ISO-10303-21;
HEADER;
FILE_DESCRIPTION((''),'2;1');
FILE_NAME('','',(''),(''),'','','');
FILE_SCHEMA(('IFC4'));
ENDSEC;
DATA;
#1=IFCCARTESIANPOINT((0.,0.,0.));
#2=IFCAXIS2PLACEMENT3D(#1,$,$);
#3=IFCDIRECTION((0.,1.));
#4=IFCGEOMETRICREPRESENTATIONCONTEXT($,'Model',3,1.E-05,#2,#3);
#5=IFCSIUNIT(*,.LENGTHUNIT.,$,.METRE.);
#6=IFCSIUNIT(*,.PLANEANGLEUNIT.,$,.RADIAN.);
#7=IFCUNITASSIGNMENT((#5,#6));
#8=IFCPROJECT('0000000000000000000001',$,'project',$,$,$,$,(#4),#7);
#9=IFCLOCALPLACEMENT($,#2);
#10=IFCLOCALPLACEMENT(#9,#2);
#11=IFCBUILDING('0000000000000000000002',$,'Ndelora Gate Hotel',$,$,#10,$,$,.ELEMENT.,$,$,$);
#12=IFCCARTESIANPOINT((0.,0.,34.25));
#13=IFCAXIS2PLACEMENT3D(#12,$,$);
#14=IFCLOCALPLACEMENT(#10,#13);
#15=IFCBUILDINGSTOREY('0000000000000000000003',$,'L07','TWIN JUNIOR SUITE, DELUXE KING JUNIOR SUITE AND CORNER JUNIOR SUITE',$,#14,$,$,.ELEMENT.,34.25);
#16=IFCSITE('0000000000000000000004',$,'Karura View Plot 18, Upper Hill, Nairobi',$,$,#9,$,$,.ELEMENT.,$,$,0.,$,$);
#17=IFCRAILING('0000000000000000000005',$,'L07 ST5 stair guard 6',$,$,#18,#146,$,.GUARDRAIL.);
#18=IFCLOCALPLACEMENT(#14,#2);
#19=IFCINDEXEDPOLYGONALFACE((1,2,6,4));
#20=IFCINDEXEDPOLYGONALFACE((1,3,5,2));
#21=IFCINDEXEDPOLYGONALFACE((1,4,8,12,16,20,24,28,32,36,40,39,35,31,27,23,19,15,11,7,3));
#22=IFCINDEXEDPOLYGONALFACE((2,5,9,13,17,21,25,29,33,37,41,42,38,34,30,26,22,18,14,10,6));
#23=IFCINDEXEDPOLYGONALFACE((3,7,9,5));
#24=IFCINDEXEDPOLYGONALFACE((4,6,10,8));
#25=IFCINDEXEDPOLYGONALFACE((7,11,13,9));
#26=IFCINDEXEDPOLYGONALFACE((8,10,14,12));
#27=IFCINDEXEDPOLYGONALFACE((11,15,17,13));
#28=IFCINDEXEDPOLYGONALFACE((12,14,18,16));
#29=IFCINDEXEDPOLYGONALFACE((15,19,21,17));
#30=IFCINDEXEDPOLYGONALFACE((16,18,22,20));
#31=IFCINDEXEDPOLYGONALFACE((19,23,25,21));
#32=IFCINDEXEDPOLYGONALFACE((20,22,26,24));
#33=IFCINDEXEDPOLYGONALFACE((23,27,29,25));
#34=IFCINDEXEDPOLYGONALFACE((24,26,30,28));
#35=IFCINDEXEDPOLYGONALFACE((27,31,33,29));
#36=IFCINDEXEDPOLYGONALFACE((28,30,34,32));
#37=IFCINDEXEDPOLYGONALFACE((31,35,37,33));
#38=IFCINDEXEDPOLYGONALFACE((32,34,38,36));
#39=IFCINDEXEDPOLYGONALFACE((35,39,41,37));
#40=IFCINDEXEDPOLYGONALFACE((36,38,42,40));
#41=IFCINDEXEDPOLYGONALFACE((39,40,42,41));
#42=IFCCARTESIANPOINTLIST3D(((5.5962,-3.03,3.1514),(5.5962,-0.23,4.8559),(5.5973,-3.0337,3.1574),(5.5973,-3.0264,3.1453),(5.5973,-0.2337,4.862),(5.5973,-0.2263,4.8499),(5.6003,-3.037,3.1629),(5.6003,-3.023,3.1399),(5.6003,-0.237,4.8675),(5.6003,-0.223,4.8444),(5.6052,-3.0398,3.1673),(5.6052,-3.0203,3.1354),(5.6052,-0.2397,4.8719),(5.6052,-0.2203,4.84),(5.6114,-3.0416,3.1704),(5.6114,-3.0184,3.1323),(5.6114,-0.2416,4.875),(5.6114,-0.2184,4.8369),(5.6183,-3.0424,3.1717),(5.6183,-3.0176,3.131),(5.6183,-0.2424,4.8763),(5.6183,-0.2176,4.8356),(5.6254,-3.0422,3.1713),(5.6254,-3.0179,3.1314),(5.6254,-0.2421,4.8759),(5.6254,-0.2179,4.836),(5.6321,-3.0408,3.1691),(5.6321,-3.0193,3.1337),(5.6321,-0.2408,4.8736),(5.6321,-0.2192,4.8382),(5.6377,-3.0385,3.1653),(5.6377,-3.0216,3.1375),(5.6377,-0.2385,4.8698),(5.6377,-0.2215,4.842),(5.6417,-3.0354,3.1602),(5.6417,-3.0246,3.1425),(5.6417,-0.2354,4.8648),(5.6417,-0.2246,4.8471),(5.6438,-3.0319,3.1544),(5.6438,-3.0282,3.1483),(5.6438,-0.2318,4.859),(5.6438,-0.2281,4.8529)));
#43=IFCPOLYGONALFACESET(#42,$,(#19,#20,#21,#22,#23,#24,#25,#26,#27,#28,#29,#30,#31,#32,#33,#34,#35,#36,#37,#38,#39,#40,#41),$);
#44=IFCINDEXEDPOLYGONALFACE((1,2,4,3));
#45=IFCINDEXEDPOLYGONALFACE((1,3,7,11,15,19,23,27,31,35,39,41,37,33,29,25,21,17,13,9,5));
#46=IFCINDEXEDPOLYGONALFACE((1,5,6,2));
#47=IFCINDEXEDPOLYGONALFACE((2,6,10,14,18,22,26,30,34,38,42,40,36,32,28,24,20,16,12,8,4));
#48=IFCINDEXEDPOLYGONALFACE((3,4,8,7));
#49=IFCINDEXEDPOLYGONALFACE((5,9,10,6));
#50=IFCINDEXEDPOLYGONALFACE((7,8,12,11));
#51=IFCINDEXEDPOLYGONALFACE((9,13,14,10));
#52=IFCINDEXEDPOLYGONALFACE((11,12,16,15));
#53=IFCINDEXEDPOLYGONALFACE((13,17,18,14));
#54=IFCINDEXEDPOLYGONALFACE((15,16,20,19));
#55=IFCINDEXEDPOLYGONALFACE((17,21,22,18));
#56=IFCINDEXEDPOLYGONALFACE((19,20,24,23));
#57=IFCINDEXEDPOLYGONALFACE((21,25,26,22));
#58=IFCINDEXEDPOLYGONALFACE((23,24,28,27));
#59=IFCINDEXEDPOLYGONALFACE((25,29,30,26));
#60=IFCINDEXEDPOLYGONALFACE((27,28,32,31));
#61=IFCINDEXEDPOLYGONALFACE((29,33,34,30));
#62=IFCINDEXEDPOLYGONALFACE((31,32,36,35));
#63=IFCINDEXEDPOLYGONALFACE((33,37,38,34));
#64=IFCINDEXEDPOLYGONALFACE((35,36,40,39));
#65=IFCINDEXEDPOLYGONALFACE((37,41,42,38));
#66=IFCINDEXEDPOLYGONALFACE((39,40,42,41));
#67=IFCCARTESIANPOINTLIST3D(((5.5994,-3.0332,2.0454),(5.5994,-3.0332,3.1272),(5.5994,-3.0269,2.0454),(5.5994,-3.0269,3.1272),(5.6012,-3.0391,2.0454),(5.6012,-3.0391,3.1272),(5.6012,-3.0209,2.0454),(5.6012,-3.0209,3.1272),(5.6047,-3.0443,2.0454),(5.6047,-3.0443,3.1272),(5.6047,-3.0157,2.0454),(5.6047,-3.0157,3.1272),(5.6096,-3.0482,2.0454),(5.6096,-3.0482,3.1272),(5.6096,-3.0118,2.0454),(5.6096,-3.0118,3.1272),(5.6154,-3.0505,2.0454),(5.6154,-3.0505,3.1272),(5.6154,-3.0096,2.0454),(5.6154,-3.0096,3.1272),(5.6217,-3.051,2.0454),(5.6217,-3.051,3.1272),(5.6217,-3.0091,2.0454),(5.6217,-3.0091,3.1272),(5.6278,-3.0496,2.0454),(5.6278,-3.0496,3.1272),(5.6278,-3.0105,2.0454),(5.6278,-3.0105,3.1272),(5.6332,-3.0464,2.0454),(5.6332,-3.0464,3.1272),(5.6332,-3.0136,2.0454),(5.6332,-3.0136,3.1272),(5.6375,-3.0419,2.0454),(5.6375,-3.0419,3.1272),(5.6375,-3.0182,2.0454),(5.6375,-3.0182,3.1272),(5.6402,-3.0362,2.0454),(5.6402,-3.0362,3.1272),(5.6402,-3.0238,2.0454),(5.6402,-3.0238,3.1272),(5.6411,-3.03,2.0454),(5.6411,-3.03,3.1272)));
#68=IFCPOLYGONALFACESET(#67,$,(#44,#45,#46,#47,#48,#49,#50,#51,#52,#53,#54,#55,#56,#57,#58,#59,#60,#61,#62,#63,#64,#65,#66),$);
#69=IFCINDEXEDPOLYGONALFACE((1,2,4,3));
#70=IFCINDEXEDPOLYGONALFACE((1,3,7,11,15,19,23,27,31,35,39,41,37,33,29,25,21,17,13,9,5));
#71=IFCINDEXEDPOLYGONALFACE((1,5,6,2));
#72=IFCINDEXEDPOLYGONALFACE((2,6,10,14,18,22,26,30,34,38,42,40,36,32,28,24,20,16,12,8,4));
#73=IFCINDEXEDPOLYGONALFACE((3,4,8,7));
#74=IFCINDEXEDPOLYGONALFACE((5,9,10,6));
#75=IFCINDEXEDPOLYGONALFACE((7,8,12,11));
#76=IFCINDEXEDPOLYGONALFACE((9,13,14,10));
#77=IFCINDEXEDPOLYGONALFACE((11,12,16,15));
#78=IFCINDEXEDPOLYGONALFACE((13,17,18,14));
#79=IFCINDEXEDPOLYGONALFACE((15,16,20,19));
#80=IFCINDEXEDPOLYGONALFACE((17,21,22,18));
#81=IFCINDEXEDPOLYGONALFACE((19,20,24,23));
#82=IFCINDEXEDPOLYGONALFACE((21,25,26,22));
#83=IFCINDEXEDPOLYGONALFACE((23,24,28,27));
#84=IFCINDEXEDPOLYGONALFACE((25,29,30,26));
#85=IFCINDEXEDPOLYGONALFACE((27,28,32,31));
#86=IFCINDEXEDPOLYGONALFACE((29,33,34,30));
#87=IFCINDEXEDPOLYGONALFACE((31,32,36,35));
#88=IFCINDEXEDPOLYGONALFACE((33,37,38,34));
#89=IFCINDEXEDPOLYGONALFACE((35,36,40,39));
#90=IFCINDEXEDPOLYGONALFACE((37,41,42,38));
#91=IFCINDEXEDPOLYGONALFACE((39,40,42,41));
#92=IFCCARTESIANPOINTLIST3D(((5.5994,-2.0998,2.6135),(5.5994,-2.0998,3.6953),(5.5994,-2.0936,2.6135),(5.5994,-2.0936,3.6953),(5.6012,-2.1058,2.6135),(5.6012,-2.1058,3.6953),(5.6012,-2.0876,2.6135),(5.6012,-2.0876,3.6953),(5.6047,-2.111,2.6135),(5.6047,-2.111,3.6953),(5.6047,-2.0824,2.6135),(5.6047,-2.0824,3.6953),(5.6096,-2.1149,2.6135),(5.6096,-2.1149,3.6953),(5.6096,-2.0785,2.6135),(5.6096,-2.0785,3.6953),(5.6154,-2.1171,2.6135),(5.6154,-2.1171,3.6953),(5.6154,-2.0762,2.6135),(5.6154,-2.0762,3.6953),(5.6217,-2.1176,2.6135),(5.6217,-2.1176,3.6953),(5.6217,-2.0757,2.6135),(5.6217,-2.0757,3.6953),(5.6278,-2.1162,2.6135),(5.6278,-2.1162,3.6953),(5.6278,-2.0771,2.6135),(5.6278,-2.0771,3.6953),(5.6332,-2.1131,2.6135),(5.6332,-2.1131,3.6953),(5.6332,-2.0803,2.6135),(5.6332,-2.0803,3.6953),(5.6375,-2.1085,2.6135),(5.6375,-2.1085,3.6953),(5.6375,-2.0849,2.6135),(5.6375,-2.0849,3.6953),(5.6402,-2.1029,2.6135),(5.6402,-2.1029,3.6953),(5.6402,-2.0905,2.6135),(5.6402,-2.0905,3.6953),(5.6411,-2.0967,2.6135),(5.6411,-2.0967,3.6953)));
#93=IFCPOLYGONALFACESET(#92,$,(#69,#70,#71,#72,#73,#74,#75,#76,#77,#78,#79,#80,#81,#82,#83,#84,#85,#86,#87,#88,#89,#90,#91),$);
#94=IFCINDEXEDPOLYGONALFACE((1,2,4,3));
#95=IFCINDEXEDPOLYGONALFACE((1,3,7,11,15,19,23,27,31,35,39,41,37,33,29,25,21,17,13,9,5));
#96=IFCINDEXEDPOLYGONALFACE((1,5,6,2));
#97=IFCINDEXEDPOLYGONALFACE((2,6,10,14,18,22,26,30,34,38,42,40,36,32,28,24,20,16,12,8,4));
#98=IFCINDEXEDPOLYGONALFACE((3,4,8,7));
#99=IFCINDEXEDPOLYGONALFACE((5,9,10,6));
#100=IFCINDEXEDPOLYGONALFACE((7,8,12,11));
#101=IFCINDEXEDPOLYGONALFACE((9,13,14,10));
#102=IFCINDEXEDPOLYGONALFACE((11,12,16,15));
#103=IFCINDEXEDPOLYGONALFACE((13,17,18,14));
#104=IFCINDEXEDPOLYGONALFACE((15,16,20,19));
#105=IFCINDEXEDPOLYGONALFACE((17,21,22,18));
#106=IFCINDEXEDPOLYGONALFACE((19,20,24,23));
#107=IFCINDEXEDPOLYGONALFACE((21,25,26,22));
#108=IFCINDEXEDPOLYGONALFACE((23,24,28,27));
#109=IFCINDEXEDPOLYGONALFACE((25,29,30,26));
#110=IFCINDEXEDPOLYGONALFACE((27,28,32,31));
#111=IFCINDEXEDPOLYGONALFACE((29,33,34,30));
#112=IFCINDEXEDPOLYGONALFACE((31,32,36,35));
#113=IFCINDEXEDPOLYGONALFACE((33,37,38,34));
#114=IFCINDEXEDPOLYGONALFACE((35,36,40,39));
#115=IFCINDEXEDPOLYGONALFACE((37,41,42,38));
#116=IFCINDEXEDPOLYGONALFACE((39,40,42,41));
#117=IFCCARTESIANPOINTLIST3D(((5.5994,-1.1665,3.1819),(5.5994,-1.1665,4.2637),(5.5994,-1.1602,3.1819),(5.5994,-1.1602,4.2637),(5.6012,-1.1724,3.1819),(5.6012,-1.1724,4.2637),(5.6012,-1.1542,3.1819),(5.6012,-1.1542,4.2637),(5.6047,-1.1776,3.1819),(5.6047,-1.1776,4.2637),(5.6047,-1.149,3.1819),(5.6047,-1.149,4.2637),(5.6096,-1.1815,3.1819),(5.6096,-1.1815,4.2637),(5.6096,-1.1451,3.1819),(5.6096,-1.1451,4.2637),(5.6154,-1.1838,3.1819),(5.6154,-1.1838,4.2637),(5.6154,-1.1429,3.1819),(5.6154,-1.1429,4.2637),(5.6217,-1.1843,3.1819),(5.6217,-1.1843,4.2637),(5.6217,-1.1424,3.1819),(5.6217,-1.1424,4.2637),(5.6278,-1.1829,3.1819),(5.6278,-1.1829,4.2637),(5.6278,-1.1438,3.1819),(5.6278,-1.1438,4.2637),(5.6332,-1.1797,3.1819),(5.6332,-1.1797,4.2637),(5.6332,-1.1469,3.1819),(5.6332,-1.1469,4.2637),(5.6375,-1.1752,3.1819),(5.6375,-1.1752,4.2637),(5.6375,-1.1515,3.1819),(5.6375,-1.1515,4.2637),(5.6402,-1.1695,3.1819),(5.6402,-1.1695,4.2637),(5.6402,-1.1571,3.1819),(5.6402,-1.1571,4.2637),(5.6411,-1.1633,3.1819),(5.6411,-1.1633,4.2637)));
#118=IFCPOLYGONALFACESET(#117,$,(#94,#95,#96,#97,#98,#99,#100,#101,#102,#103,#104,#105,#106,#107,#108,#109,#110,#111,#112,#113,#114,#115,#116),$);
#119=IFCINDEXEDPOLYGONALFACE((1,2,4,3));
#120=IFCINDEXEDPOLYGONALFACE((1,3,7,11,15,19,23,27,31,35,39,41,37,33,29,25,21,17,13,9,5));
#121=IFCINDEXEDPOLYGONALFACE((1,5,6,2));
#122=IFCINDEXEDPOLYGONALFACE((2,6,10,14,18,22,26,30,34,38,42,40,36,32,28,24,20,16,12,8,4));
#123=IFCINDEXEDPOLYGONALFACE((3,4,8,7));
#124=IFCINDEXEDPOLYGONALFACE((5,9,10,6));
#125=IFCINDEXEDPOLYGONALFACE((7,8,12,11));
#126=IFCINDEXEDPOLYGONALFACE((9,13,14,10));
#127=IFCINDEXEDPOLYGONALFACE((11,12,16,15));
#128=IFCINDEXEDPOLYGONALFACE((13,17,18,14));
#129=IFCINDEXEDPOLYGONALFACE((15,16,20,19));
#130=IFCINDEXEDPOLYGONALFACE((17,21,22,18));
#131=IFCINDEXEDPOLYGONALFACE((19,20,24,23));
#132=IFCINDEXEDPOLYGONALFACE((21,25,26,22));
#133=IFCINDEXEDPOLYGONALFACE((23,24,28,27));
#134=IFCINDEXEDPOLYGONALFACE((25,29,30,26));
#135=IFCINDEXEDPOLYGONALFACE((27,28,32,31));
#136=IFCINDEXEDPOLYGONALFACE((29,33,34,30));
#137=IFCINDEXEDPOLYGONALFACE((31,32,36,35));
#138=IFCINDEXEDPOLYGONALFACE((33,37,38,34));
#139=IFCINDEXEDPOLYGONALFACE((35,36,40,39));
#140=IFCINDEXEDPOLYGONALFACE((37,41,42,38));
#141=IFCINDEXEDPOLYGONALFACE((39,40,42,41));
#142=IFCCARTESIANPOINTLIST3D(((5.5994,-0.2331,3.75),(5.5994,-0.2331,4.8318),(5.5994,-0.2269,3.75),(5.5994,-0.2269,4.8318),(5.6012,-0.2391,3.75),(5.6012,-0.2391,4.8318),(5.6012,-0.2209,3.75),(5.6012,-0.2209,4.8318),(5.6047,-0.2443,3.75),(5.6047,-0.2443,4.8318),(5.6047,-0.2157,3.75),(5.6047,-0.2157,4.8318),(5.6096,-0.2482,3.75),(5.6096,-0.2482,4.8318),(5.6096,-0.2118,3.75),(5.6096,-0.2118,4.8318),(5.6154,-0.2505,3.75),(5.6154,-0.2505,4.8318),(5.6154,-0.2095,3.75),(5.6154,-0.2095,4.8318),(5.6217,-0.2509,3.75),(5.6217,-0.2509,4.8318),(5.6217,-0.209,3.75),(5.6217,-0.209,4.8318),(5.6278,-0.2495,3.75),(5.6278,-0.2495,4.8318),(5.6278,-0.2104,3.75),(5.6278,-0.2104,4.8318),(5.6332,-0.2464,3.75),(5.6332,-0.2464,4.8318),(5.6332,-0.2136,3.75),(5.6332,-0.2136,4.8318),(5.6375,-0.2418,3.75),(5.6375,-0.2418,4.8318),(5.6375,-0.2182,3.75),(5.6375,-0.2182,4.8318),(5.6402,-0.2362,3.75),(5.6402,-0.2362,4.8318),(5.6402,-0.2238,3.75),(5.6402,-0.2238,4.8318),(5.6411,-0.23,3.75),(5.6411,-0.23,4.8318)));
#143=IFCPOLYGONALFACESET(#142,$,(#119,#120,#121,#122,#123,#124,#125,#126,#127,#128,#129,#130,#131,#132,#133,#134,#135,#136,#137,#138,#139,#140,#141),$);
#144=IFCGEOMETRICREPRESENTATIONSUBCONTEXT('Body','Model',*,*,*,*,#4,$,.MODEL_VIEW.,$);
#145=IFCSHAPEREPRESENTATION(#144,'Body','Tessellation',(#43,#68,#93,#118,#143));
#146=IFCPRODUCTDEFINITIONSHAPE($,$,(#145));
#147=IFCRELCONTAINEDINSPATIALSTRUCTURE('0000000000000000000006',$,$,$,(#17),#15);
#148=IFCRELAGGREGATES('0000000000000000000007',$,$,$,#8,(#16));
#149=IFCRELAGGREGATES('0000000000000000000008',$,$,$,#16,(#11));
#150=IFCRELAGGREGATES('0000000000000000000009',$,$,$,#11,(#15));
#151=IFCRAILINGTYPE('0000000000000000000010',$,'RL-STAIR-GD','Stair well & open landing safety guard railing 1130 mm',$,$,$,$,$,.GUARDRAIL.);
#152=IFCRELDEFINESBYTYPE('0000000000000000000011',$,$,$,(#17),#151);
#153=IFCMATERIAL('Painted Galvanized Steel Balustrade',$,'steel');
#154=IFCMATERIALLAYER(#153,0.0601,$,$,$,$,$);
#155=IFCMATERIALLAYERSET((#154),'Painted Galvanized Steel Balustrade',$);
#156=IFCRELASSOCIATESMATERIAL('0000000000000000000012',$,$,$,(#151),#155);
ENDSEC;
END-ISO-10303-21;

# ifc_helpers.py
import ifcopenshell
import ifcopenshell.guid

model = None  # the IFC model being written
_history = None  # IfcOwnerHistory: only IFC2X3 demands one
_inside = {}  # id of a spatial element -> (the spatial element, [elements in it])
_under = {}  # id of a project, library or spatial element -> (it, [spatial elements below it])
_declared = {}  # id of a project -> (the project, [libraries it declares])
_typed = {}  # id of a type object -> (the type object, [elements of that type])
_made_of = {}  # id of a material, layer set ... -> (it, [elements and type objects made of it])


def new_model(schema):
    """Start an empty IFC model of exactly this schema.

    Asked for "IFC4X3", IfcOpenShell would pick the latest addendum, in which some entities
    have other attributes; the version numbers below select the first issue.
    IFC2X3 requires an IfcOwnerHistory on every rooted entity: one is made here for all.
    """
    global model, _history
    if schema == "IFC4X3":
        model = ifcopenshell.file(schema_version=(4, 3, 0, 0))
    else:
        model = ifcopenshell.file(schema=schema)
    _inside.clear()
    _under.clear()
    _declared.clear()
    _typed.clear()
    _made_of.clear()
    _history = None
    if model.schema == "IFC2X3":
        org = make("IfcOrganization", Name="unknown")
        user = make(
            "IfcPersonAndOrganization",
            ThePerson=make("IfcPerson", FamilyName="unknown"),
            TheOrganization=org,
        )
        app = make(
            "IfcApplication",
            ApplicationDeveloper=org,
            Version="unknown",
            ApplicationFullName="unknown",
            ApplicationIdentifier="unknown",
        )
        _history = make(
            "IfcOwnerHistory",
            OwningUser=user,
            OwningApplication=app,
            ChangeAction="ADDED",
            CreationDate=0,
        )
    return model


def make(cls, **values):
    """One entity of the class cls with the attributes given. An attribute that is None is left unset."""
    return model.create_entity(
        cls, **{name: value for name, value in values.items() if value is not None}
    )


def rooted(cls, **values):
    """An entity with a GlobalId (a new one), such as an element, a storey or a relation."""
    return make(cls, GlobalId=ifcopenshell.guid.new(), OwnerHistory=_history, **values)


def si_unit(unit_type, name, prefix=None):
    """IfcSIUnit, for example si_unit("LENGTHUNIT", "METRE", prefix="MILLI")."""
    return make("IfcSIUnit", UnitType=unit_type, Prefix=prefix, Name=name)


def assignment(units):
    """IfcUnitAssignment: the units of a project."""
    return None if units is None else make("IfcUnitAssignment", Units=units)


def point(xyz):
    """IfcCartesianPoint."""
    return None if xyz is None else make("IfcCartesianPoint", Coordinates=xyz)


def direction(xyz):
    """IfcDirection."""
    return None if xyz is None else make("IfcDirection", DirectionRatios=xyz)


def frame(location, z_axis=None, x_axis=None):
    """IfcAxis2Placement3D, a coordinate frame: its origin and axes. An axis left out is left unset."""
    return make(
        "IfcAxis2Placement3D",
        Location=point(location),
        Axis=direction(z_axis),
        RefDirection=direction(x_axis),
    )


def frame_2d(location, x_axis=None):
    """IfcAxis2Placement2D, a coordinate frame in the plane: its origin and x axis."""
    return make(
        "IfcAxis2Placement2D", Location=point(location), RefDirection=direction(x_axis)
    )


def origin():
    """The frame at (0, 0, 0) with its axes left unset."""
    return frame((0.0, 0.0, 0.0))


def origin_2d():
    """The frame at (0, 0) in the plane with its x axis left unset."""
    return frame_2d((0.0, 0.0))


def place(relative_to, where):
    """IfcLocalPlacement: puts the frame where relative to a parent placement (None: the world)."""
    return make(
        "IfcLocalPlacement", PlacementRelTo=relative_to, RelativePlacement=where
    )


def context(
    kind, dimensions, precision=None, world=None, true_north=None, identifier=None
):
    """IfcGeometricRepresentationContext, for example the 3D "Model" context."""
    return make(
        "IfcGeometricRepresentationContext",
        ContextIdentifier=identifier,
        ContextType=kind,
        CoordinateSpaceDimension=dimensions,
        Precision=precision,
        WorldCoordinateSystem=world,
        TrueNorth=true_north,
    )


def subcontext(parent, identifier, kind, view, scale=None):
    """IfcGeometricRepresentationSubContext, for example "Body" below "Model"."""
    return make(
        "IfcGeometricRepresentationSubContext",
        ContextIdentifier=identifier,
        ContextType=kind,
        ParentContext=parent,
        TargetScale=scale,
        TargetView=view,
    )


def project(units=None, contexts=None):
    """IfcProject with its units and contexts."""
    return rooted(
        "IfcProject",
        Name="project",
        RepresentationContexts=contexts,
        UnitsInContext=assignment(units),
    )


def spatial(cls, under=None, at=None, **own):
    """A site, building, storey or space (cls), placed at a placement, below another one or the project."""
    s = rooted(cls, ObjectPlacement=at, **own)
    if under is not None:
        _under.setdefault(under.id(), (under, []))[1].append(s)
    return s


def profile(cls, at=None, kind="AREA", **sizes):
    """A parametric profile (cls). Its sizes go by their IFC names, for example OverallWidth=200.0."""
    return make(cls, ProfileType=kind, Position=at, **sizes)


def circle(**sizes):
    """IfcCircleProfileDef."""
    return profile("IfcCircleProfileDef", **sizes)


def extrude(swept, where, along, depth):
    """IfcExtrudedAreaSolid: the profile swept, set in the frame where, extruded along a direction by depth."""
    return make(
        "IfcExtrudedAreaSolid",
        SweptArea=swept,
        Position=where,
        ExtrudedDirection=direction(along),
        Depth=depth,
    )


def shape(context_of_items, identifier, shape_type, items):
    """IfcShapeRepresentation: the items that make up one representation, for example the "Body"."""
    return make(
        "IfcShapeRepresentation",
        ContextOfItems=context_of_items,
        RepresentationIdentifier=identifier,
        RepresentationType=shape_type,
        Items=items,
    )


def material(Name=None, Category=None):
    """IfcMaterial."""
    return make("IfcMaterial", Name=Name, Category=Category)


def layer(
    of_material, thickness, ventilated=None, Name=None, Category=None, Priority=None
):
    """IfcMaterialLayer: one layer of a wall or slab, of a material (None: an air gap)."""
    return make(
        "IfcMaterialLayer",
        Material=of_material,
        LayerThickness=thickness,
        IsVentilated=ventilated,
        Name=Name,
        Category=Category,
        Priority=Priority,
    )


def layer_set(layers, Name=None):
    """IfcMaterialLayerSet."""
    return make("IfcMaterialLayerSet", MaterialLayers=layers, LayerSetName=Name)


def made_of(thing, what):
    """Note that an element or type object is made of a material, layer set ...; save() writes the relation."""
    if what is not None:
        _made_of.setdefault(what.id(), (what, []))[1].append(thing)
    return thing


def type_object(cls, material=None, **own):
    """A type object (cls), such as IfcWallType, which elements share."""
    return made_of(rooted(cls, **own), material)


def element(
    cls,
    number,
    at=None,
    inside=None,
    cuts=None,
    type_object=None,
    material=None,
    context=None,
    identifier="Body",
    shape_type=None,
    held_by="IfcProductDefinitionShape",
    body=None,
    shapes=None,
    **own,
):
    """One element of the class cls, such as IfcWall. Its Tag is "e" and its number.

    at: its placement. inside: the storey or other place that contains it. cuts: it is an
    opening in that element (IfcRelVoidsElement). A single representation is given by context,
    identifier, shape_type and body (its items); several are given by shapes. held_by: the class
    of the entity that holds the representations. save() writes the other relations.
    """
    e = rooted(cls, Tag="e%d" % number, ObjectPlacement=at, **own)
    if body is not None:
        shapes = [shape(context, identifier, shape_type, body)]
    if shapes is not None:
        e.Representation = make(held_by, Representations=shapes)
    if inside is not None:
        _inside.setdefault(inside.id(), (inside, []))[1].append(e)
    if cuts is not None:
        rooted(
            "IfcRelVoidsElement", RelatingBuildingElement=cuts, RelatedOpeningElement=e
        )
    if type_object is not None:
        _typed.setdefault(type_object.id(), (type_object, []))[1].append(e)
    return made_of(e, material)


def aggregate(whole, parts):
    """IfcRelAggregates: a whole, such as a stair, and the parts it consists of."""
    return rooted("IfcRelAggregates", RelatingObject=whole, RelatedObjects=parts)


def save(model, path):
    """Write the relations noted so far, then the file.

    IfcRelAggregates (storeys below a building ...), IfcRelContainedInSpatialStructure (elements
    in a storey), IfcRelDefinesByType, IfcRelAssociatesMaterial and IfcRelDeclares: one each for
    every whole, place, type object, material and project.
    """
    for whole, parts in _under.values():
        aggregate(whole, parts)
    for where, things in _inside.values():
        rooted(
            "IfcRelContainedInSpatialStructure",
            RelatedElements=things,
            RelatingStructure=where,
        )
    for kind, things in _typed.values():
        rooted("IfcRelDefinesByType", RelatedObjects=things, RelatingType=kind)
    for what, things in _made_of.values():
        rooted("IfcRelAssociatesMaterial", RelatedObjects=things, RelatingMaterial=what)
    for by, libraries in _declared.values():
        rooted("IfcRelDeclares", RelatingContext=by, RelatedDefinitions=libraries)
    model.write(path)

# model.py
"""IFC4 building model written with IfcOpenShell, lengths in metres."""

from ifc_helpers import new_model, si_unit, direction, frame, origin, origin_2d, place, context, subcontext, project, spatial, circle, extrude, material, layer, layer_set, type_object, element, save


model = new_model("IFC4")

# Units and contexts
model_context = context("Model", 3, precision=1e-05, world=origin(), true_north=direction((0.0, 1.0)))
body_context = subcontext(model_context, "Body", "Model", "MODEL_VIEW")
ifc_project = project(units=[si_unit("LENGTHUNIT", "METRE"), si_unit("PLANEANGLEUNIT", "RADIAN")], contexts=[model_context])

# Site, building, storey
site_placement = place(None, origin())
site = spatial("IfcSite", under=ifc_project, at=site_placement, Name="Karura View Plot 18, Upper Hill, Nairobi", CompositionType="ELEMENT", RefElevation=0.0)
building_placement = place(site_placement, origin())
building = spatial("IfcBuilding", under=site, at=building_placement, Name="Ndelora Gate Hotel", CompositionType="ELEMENT")
storey_placement = place(building_placement, frame((0.0, 0.0, 34.25)))
storey = spatial("IfcBuildingStorey", under=building, at=storey_placement, Name="L07", Description="TWIN JUNIOR SUITE, DELUXE KING JUNIOR SUITE AND CORNER JUNIOR SUITE", CompositionType="ELEMENT", Elevation=34.25)

# Railing
ifc_material_1 = material(Name="Painted Galvanized Steel Balustrade", Category="steel")
ifc_layer_1 = layer(ifc_material_1, 0.0601)
ifc_layer_set_1 = layer_set([ifc_layer_1], Name="Painted Galvanized Steel Balustrade")
railing_type_1 = type_object("IfcRailingType", Name="RL-STAIR-GD", Description="Stair well & open landing safety guard railing 1130 mm", PredefinedType="GUARDRAIL", material=ifc_layer_set_1)
railing_1_placement = place(storey_placement, frame((5.6201, -3.03, 2.0454)))
element("IfcRailing", 1, at=railing_1_placement, inside=storey, type_object=railing_type_1, Name="L07 ST5 stair guard 6", PredefinedType="GUARDRAIL", context=body_context, shape_type="SweptSolid", body=[
    extrude(circle(Radius=0.0239, at=origin_2d()), frame((0.0, 0.0, 1.106), z_axis=(0.0, 0.85417, 0.519994), x_axis=(-1.0, 0.0, 0.0)), (0.0, 0.0, 1.0), 3.2781),
    extrude(circle(Radius=0.021, at=origin_2d()), origin(), (0.0, 0.0, 1.0), 1.0818),
    extrude(circle(Radius=0.021, at=origin_2d()), frame((0.0, 0.9333, 0.5681)), (0.0, 0.0, 1.0), 1.0818),
    extrude(circle(Radius=0.021, at=origin_2d()), frame((0.0, 1.8667, 1.1365)), (0.0, 0.0, 1.0), 1.0818),
    extrude(circle(Radius=0.021, at=origin_2d()), frame((0.0, 2.8, 1.7046)), (0.0, 0.0, 1.0), 1.0818),
])

save(model, "model.ifc")
